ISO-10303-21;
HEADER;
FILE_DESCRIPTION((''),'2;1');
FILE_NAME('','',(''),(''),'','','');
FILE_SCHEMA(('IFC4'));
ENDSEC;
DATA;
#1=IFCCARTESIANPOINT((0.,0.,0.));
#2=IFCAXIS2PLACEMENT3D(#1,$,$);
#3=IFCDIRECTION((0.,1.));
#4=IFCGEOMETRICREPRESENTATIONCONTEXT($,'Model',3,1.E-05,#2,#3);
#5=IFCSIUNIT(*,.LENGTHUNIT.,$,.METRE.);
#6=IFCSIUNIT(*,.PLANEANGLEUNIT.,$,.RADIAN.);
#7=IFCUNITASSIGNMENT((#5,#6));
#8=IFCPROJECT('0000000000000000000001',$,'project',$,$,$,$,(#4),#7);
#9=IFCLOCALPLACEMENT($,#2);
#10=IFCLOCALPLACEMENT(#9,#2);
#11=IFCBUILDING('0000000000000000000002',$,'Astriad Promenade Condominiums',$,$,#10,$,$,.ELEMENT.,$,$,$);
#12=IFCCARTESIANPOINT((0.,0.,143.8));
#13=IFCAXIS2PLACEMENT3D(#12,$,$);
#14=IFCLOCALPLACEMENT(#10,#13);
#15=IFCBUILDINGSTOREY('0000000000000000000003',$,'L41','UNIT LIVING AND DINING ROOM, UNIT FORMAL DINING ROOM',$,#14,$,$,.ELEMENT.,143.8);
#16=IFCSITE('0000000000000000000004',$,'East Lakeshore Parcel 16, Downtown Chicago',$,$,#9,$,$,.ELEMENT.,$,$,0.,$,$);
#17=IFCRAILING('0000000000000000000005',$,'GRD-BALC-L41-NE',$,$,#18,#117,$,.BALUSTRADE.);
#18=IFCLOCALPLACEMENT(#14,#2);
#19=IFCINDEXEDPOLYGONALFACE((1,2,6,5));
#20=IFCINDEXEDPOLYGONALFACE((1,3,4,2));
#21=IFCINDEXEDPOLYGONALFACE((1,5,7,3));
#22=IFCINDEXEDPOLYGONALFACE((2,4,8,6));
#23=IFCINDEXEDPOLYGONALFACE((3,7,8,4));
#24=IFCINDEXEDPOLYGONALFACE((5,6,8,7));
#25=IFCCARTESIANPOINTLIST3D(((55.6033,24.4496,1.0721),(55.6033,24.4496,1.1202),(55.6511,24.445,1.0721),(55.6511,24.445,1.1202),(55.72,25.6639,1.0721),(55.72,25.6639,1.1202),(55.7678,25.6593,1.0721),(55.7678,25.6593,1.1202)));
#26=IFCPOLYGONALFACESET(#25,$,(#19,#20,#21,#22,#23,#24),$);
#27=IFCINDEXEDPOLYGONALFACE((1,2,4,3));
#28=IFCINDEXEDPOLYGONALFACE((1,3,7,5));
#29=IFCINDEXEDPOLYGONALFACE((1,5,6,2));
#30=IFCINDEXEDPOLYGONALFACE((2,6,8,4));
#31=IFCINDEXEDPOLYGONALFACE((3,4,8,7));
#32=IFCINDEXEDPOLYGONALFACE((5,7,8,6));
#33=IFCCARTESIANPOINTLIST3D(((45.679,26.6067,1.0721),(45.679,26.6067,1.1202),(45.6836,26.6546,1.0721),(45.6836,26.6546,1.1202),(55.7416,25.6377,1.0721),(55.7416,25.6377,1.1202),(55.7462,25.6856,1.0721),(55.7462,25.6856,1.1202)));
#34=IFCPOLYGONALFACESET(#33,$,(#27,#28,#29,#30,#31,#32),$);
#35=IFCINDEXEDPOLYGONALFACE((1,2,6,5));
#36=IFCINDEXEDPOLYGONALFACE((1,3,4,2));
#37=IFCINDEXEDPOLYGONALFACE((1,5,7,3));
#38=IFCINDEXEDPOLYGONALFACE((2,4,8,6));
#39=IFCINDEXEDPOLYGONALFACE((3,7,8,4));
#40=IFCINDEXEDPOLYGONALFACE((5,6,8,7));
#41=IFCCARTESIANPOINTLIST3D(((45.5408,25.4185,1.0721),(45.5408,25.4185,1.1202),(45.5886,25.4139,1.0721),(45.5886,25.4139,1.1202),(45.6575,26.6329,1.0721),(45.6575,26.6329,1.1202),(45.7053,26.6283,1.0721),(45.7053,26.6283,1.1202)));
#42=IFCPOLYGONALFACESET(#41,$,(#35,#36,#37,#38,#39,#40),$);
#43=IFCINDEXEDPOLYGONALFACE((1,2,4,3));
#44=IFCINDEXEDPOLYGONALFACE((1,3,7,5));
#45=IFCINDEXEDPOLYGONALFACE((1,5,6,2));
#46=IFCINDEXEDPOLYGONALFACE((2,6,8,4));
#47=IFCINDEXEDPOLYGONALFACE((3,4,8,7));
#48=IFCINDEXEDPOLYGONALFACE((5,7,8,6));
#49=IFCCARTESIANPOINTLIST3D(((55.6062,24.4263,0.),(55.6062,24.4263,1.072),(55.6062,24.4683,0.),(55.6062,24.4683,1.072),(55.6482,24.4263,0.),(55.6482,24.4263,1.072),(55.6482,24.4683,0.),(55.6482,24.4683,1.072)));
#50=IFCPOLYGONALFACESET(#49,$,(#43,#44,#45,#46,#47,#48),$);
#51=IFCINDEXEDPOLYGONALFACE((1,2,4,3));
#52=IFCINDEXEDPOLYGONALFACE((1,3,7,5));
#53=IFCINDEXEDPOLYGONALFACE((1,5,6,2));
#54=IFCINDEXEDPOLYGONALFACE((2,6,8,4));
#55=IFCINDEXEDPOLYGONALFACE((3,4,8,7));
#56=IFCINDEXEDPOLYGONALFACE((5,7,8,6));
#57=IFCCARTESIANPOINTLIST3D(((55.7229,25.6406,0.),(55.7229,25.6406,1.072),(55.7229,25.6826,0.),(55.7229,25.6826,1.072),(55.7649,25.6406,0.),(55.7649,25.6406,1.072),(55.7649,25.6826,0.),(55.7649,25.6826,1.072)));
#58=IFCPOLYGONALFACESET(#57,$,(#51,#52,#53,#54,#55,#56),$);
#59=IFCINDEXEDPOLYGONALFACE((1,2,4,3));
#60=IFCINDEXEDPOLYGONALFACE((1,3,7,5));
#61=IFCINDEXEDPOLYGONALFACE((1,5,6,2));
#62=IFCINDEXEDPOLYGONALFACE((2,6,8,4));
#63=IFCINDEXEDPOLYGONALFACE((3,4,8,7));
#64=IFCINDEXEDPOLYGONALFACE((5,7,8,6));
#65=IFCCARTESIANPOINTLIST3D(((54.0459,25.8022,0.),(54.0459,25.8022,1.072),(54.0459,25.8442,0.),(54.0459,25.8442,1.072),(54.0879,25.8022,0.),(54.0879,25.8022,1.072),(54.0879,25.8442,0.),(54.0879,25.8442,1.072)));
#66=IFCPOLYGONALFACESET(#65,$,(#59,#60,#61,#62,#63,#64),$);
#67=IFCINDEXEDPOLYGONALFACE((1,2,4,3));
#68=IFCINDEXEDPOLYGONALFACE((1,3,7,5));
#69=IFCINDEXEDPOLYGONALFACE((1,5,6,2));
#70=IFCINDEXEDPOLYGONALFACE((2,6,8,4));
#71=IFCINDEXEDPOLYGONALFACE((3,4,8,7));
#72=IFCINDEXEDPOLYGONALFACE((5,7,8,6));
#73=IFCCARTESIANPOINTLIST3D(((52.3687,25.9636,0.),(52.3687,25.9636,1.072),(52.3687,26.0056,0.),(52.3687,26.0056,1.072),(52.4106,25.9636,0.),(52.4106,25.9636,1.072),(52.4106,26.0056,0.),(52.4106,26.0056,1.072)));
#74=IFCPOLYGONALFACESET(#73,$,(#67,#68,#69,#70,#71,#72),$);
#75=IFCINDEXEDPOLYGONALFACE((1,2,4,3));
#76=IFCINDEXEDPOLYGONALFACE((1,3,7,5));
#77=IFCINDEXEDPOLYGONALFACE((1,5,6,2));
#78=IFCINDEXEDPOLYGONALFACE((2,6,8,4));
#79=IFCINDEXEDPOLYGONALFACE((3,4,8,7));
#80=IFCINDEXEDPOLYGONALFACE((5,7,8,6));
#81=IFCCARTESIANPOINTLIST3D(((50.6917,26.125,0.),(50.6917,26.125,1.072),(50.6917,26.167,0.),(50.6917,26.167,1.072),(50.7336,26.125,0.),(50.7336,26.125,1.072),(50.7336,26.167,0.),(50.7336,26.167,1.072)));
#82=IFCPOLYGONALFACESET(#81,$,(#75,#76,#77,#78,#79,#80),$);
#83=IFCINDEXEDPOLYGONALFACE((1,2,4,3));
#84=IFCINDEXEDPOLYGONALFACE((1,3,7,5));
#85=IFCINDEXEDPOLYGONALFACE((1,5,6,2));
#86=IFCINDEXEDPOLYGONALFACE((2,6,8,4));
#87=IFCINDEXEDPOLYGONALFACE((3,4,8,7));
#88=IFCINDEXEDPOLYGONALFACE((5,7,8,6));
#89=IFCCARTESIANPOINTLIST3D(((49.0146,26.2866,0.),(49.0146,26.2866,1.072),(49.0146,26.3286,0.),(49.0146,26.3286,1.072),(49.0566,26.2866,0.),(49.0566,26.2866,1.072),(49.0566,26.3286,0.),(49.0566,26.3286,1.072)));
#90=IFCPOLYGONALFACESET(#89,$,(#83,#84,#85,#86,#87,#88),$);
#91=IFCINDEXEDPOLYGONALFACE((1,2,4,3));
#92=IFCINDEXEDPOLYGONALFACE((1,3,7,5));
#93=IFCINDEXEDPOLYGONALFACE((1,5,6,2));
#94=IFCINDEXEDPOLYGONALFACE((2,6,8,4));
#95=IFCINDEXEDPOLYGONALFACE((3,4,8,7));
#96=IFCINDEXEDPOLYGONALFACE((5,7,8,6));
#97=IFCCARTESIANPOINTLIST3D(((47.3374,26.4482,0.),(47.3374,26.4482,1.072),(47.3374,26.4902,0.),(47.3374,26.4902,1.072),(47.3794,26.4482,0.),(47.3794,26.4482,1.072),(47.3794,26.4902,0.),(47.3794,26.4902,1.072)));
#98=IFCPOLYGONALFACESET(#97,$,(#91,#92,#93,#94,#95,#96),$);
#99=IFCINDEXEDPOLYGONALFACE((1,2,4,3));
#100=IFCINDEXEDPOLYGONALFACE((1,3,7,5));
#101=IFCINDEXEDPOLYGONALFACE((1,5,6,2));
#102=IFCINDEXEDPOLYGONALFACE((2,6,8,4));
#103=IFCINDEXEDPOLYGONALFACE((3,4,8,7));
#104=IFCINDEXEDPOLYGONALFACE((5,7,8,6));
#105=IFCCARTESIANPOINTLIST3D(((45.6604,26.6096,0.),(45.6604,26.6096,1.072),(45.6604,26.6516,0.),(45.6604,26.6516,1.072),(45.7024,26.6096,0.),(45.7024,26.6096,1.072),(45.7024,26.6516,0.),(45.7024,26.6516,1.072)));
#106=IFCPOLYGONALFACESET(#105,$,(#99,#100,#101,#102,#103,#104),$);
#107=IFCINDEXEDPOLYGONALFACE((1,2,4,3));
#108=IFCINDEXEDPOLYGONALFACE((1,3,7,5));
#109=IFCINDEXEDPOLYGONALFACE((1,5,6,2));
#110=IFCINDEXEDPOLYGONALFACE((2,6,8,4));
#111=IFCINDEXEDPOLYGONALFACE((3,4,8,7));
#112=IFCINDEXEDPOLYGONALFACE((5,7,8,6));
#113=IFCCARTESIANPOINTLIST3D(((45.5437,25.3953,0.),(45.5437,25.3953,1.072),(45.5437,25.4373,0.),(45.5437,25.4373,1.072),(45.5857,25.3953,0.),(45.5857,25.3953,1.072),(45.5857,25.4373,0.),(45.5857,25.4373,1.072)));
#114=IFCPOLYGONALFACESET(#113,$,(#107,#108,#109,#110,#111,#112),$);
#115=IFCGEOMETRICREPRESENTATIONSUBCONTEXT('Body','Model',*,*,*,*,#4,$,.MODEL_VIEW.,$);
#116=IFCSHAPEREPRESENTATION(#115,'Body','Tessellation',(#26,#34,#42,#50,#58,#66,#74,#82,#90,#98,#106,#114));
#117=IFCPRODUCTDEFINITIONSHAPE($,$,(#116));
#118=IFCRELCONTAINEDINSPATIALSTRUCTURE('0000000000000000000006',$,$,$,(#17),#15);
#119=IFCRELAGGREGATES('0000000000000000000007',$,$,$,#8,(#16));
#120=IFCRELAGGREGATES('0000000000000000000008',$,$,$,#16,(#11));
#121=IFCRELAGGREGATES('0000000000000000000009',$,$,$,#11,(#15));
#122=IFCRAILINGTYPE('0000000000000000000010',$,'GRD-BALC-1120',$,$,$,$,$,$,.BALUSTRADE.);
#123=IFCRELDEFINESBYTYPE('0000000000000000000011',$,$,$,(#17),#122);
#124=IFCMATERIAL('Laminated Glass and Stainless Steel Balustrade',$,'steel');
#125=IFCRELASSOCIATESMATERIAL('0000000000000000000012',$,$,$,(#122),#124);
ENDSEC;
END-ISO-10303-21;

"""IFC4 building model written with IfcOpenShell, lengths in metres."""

from ifc_helpers import new_model, si_unit, direction, frame, origin, origin_2d, place, context, subcontext, project, spatial, rectangle, extrude, source, transform, mapped, material, type_object, type_shapes, element, save


model = new_model("IFC4")

# Units and contexts
model_context = context("Model", 3, precision=1e-05, world=origin(), true_north=direction((0.0, 1.0)))
body_context = subcontext(model_context, "Body", "Model", "MODEL_VIEW")
ifc_project = project(units=[si_unit("LENGTHUNIT", "METRE"), si_unit("PLANEANGLEUNIT", "RADIAN")], contexts=[model_context])

# Site, building, storey
site_placement = place(None, origin())
site = spatial("IfcSite", under=ifc_project, at=site_placement, Name="East Lakeshore Parcel 16, Downtown Chicago", CompositionType="ELEMENT", RefElevation=0.0)
building_placement = place(site_placement, origin())
building = spatial("IfcBuilding", under=site, at=building_placement, Name="Astriad Promenade Condominiums", CompositionType="ELEMENT")
storey_placement = place(building_placement, frame((0.0, 0.0, 143.8)))
storey = spatial("IfcBuildingStorey", under=building, at=storey_placement, Name="L41", Description="UNIT LIVING AND DINING ROOM, UNIT FORMAL DINING ROOM", CompositionType="ELEMENT", Elevation=143.8)

# Railing
ifc_material_1 = material(Name="Laminated Glass and Stainless Steel Balustrade", Category="steel")
railing_type = type_object("IfcRailingType", Name="GRD-BALC-1120", PredefinedType="BALUSTRADE", material=ifc_material_1)
shared_shape_1 = source(origin(), body_context, "Body", "SweptSolid", [
    extrude(rectangle(XDim=0.0481, YDim=0.0481, at=origin_2d()), frame((0.0, 0.0, 1.0962), z_axis=(0.095659, 0.995414, 0.0), x_axis=(-0.995414, 0.095659, 0.0)), (0.0, 0.0, 1.0), 1.22),
    extrude(rectangle(XDim=0.0481, YDim=0.0481, at=origin_2d()), frame((0.1167, 1.2144, 1.0962), z_axis=(-0.995395, 0.095854, 0.0), x_axis=(-0.095854, -0.995395, 0.0)), (0.0, 0.0, 1.0), 10.1091),
    extrude(rectangle(XDim=0.0481, YDim=0.0481, at=origin_2d()), frame((-9.9458, 2.1833, 1.0962), z_axis=(-0.095659, -0.995414, 0.0), x_axis=(0.995414, -0.095659, 0.0)), (0.0, 0.0, 1.0), 1.22),
    extrude(rectangle(XDim=0.042, YDim=0.042, at=origin_2d()), origin(), (0.0, 0.0, 1.0), 1.072),
    extrude(rectangle(XDim=0.042, YDim=0.042, at=origin_2d()), frame((0.1167, 1.2144, 0.0)), (0.0, 0.0, 1.0), 1.072),
    extrude(rectangle(XDim=0.042, YDim=0.042, at=origin_2d()), frame((-1.5603, 1.376, 0.0)), (0.0, 0.0, 1.0), 1.072),
    extrude(rectangle(XDim=0.042, YDim=0.042, at=origin_2d()), frame((-3.2375, 1.5374, 0.0)), (0.0, 0.0, 1.0), 1.072),
    extrude(rectangle(XDim=0.042, YDim=0.042, at=origin_2d()), frame((-4.9146, 1.6987, 0.0)), (0.0, 0.0, 1.0), 1.072),
    extrude(rectangle(XDim=0.042, YDim=0.042, at=origin_2d()), frame((-6.5916, 1.8604, 0.0)), (0.0, 0.0, 1.0), 1.072),
    extrude(rectangle(XDim=0.042, YDim=0.042, at=origin_2d()), frame((-8.2688, 2.022, 0.0)), (0.0, 0.0, 1.0), 1.072),
    extrude(rectangle(XDim=0.042, YDim=0.042, at=origin_2d()), frame((-9.9458, 2.1833, 0.0)), (0.0, 0.0, 1.0), 1.072),
    extrude(rectangle(XDim=0.042, YDim=0.042, at=origin_2d()), frame((-10.0625, 0.969, 0.0)), (0.0, 0.0, 1.0), 1.072),
])
type_shapes(railing_type, [shared_shape_1])
railing_placement = place(storey_placement, frame((55.6272, 24.4473, 0.0)))
element("IfcRailing", 1, at=railing_placement, inside=storey, type_object=railing_type, Name="GRD-BALC-L41-NE", PredefinedType="BALUSTRADE", context=body_context, shape_type="MappedRepresentation", body=[
    mapped(shared_shape_1, transform((0.0, 0.0, 0.0), scale=1.0)),
])

save(model, "model.ifc")
